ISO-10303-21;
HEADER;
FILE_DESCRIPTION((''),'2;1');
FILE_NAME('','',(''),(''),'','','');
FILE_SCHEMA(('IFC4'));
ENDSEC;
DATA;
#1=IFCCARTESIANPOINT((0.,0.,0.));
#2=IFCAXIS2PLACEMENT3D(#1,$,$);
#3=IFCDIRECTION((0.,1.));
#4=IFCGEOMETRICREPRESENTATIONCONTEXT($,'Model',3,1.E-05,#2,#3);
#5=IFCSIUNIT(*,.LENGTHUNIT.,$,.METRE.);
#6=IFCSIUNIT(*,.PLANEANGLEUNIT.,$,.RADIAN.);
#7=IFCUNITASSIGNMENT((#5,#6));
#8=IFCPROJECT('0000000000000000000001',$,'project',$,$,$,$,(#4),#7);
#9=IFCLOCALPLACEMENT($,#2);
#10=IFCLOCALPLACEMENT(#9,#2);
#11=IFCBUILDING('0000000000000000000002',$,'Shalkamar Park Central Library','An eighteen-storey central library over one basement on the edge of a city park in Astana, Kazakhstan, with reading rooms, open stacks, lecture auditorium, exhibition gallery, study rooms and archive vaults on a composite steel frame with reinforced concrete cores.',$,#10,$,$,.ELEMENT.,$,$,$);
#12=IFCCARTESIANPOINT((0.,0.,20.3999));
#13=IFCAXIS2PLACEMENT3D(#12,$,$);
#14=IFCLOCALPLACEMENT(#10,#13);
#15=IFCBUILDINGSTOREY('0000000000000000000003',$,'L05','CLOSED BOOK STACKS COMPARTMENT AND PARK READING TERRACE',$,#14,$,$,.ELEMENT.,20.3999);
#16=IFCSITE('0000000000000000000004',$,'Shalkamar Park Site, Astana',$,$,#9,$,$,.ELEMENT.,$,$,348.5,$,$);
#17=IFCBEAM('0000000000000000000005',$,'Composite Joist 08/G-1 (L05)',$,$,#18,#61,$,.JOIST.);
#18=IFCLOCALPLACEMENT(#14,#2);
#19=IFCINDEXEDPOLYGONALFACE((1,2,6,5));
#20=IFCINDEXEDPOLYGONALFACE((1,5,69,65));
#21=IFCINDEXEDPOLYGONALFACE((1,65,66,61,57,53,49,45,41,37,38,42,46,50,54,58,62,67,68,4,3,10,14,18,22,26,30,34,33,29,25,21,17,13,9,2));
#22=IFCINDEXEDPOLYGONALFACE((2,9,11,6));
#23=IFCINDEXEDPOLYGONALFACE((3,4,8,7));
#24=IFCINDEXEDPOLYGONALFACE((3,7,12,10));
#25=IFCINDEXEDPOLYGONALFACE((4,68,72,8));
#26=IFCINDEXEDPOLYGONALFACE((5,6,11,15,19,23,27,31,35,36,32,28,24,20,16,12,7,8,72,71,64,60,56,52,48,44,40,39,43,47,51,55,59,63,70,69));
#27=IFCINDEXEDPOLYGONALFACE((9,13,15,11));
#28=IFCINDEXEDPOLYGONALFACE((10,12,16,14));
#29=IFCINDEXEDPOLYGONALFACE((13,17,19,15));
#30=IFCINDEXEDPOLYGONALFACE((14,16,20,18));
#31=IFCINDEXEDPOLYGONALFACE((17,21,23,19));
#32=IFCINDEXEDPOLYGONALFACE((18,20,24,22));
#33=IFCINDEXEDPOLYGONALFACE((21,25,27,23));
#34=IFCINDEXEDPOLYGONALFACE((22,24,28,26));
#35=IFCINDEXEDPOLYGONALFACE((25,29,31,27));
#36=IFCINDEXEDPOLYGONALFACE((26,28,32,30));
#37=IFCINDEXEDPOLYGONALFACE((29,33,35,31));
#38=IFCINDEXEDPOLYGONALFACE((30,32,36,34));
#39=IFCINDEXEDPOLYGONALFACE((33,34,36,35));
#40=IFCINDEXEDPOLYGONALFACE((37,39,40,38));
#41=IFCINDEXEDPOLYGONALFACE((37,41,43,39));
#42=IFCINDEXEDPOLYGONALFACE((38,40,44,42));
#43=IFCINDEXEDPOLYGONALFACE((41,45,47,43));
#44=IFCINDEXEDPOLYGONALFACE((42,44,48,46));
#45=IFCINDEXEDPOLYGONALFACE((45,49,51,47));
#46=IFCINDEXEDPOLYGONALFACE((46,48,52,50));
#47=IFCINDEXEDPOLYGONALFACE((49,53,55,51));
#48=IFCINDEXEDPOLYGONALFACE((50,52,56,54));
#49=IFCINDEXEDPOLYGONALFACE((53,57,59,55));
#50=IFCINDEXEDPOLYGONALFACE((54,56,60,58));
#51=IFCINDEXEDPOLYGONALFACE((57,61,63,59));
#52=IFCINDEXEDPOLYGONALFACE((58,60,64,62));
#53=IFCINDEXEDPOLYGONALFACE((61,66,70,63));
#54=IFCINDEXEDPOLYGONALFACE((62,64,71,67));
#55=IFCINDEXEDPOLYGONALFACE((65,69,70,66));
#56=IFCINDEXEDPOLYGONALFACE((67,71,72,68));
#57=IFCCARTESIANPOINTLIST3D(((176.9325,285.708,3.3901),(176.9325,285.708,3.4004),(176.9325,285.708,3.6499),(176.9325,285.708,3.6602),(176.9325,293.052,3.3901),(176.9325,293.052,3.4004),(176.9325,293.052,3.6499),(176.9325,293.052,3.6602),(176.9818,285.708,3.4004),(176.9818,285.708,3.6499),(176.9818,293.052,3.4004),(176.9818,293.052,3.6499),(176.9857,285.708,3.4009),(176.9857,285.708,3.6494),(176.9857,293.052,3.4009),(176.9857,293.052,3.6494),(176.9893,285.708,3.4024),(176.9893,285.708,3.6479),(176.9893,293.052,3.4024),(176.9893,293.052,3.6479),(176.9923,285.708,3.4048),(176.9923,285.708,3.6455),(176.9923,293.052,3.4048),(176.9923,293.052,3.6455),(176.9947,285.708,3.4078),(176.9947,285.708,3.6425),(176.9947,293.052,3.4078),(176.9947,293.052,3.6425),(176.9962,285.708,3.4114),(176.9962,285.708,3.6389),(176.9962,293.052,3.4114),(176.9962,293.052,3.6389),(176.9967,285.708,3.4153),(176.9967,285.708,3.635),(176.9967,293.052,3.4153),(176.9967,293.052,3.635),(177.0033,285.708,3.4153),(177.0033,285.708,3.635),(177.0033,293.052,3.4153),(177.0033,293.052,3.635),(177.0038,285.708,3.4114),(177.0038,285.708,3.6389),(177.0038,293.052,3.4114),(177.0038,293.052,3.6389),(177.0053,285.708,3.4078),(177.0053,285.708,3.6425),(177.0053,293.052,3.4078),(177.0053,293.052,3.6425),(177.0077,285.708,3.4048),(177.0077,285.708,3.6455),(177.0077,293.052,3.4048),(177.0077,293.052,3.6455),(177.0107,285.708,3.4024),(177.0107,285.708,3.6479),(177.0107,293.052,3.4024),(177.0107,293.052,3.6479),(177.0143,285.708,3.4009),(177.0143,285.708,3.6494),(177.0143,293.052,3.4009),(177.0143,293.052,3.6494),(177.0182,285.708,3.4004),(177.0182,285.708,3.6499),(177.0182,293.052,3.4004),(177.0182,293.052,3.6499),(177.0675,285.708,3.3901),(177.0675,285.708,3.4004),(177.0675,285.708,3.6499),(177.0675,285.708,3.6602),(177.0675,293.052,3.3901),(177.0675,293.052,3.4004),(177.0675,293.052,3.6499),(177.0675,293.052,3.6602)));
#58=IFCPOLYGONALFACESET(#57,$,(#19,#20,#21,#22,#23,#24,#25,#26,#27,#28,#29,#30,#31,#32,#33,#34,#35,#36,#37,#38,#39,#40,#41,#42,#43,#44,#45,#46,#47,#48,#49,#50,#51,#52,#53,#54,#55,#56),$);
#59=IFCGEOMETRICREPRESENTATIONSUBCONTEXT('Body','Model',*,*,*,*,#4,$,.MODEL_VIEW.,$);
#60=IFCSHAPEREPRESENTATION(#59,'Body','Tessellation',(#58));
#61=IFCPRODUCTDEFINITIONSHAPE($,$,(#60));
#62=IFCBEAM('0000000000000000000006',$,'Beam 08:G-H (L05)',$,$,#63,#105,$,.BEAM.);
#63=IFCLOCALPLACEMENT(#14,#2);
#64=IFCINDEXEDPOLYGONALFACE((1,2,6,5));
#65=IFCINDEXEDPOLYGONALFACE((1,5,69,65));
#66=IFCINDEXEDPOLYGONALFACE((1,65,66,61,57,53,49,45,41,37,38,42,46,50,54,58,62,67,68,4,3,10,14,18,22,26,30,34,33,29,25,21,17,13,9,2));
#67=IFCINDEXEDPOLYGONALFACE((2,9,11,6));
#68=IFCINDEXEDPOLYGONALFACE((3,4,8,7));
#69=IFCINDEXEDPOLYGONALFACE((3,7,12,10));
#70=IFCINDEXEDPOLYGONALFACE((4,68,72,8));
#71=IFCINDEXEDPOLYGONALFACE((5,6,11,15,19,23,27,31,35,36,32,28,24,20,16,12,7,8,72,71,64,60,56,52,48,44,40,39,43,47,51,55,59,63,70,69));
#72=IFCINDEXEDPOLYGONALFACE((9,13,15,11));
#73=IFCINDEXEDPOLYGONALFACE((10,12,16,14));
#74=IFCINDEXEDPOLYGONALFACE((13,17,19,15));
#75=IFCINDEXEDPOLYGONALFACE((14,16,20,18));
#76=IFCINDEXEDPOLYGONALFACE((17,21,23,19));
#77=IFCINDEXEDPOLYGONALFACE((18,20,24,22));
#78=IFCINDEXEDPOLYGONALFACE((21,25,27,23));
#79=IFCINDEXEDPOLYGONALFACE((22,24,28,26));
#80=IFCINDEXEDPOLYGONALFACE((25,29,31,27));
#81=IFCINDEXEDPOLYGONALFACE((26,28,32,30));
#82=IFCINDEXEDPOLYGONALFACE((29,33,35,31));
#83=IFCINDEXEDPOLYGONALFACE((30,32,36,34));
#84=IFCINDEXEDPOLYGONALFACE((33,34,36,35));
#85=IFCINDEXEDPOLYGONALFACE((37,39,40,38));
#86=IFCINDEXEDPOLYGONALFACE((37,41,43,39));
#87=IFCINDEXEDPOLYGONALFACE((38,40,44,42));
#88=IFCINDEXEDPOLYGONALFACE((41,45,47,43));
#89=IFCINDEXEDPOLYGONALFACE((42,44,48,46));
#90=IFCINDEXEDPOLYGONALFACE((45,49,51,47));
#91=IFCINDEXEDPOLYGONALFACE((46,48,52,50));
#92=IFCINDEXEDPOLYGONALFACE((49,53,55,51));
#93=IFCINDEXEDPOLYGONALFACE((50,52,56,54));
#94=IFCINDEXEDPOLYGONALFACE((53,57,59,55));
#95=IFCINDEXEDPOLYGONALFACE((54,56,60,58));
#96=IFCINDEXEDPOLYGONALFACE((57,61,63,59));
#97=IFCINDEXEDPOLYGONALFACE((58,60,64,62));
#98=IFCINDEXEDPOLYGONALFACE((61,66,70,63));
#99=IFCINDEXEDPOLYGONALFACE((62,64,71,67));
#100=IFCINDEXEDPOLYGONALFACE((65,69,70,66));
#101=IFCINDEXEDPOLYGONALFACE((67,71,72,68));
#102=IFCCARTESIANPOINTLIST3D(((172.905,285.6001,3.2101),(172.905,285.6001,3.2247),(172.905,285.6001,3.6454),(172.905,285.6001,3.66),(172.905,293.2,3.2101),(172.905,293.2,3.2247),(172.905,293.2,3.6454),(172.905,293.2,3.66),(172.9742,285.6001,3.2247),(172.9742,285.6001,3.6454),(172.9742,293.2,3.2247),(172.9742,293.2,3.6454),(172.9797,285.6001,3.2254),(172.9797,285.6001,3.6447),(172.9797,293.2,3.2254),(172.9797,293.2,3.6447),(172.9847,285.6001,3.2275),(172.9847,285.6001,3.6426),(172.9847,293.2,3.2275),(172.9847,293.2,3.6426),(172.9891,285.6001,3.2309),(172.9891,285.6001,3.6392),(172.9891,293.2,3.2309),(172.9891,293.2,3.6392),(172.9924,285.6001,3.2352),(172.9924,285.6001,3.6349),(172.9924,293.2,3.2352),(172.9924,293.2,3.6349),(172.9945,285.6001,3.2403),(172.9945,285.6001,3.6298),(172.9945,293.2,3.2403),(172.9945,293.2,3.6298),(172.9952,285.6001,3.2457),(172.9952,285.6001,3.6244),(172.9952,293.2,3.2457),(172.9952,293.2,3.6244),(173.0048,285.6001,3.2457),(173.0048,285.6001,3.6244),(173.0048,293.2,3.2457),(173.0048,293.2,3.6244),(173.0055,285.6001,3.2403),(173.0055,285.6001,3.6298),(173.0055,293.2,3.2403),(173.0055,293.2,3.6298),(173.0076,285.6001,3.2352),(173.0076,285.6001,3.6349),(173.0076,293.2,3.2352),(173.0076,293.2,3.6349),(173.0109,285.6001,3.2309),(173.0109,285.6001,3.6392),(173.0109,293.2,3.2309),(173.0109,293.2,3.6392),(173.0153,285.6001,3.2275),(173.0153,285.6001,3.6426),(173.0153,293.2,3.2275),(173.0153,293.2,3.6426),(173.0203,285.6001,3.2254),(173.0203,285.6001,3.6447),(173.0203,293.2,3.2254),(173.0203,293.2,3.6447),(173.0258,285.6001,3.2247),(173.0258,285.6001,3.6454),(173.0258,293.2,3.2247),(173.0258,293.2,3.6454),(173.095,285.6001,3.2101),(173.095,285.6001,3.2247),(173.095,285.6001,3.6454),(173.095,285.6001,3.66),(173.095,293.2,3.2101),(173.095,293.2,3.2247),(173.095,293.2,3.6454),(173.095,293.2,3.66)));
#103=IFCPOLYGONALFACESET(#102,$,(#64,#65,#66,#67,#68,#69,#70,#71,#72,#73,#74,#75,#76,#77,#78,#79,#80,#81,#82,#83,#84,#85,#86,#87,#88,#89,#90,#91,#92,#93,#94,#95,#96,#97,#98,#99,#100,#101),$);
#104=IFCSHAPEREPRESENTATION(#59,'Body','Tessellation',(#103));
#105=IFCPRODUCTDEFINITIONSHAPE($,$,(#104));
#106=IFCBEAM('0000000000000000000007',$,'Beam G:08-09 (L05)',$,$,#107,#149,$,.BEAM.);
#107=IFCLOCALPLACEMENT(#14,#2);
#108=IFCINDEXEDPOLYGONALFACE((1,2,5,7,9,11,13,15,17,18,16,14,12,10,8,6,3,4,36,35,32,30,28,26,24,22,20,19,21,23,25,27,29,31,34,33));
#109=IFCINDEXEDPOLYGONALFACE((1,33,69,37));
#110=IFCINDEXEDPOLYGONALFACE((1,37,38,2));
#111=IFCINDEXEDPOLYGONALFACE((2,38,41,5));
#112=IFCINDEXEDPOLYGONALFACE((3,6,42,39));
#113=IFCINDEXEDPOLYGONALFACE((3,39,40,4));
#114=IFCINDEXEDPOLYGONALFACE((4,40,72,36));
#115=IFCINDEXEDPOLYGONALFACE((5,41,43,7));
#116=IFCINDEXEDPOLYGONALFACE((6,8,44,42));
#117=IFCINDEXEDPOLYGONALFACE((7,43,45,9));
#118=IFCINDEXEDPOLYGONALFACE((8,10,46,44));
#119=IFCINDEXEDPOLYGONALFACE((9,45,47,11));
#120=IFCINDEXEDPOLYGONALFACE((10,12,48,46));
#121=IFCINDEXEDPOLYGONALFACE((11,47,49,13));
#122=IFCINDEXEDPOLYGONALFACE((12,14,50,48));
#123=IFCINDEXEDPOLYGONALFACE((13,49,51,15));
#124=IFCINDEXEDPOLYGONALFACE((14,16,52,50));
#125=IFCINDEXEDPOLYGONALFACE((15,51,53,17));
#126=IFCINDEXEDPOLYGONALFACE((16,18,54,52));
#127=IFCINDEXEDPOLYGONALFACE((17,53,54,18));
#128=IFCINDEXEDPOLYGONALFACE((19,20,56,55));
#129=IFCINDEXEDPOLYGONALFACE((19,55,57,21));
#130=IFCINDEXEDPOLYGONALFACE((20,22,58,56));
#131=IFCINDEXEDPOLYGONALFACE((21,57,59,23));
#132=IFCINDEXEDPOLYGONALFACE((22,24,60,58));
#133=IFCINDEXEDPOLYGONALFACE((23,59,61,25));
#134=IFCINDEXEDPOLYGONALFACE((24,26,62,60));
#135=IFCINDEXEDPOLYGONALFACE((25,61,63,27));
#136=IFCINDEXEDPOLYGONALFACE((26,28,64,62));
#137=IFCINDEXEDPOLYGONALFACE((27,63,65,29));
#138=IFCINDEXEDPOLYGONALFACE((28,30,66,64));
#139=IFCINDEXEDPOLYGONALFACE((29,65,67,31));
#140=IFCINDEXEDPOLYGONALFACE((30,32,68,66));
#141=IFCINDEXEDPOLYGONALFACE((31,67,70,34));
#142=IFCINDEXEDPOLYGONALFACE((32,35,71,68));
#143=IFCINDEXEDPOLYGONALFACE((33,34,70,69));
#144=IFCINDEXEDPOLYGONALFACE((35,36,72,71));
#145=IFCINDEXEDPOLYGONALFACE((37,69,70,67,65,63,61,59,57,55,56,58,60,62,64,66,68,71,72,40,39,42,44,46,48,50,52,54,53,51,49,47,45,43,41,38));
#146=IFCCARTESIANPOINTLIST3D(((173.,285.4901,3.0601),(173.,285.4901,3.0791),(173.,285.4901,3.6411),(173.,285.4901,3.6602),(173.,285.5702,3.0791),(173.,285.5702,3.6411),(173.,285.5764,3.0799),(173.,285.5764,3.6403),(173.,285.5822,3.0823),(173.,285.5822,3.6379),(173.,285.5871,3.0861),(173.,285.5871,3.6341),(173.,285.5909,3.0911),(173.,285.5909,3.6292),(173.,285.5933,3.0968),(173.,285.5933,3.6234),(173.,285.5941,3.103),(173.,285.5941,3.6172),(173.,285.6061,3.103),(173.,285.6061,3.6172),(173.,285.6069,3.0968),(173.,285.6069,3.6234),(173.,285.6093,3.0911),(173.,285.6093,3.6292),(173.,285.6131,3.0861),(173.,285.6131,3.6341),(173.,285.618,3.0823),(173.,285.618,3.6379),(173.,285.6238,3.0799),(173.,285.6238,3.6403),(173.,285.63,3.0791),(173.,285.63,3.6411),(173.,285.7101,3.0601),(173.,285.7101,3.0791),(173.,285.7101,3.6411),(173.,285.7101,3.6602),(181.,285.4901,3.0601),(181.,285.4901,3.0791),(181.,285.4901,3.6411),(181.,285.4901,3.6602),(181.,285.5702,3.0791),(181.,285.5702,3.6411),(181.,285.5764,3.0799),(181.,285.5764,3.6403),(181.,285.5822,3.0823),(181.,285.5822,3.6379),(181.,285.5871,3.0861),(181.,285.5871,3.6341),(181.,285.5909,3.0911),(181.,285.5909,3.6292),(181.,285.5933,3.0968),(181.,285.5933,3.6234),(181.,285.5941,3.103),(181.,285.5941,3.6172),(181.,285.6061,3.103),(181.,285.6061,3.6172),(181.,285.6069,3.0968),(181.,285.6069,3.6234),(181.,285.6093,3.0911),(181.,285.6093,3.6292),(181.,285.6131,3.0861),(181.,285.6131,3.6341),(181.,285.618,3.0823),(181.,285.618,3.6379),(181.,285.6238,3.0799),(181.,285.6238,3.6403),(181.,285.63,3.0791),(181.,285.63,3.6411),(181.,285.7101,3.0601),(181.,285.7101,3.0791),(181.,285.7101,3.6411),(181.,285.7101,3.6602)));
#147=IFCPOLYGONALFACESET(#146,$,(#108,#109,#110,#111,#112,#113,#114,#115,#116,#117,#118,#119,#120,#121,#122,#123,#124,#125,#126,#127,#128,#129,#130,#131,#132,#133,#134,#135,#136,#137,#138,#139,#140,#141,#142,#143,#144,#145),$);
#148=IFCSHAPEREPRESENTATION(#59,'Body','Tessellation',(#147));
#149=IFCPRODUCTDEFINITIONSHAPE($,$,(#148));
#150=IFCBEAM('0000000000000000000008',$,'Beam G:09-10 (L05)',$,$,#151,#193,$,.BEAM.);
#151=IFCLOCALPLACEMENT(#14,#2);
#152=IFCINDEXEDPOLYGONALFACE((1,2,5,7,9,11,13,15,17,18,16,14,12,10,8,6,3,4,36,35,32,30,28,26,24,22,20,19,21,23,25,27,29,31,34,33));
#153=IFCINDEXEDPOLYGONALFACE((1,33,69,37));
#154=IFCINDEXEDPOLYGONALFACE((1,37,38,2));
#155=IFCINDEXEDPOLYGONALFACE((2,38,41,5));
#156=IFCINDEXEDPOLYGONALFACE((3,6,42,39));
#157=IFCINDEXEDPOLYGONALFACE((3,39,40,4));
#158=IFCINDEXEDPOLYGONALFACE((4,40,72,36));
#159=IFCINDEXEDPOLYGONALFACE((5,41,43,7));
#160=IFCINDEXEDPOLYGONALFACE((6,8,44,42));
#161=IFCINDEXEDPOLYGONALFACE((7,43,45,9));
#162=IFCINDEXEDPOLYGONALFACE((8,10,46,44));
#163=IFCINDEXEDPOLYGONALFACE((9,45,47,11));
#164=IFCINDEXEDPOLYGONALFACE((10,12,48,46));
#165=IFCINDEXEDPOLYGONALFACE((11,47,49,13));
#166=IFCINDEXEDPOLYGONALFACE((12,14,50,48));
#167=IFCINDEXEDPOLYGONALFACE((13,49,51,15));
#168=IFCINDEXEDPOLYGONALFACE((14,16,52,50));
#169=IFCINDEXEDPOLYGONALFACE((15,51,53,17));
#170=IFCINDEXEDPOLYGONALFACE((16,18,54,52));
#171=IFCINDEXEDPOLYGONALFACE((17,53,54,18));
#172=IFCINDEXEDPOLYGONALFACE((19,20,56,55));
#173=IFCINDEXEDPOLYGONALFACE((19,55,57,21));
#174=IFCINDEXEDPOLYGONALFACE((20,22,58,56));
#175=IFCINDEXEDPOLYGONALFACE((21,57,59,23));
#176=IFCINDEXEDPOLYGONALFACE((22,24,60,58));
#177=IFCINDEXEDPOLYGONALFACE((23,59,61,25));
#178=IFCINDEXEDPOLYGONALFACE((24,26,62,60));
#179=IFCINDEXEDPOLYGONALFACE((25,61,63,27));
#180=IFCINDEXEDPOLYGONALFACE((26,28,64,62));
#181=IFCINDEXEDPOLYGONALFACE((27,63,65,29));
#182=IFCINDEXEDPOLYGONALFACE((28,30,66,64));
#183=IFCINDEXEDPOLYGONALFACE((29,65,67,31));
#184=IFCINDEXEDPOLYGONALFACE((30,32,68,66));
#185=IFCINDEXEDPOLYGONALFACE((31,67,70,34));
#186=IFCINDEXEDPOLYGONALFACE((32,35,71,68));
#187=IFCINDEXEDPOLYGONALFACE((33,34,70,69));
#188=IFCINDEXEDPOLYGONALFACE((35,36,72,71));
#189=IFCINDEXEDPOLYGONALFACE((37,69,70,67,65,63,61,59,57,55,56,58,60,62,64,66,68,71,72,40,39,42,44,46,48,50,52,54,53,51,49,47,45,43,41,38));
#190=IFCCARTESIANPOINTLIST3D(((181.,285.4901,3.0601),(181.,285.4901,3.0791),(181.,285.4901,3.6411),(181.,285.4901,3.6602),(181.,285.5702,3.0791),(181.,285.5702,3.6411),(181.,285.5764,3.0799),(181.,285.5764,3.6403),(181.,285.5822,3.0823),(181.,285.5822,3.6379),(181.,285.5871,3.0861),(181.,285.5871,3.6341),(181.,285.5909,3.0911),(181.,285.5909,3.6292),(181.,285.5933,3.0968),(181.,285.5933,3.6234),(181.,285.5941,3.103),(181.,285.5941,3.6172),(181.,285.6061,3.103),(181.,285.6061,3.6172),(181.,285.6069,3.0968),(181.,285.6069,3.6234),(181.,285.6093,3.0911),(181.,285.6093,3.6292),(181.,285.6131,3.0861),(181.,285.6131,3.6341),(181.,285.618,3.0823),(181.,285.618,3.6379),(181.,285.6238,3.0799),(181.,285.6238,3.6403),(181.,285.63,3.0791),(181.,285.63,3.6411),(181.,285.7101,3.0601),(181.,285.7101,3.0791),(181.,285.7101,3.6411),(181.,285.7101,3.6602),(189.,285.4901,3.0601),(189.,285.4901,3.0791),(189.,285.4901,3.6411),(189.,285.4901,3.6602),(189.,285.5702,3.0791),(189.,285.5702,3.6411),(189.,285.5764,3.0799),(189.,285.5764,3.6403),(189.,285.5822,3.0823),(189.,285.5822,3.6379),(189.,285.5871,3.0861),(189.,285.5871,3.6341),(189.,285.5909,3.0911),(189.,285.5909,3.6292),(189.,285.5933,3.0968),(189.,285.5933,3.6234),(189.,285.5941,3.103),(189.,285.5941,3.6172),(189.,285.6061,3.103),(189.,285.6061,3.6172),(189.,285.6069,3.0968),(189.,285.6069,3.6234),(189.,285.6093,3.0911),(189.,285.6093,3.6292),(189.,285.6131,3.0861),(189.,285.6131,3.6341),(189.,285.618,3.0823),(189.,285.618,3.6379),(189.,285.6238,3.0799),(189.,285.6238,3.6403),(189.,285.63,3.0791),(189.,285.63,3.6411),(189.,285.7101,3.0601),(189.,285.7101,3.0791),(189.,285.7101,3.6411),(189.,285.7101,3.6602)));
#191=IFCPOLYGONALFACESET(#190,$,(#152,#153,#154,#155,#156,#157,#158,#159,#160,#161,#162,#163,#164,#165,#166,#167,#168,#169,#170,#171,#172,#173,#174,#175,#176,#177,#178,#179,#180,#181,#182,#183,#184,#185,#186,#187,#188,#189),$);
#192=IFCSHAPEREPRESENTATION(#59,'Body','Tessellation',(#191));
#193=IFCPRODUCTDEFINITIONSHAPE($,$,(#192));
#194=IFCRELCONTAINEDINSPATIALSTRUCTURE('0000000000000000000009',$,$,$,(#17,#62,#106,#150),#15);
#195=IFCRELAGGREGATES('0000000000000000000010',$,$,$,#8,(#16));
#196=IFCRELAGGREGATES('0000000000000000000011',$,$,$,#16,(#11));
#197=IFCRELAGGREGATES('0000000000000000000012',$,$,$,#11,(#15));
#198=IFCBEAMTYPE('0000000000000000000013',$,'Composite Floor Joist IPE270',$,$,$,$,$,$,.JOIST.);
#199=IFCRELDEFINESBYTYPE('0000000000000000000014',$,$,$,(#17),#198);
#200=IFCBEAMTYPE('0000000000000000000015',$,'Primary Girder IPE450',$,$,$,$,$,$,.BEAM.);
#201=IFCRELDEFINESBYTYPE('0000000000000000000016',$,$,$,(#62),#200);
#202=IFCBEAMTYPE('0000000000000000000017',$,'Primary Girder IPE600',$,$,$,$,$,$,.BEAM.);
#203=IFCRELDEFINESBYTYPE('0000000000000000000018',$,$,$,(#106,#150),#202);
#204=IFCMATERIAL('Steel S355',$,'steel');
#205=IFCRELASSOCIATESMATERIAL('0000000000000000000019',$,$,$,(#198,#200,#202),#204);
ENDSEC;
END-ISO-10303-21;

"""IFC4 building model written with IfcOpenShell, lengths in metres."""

from ifc_helpers import new_model, si_unit, direction, frame, origin, origin_2d, place, context, subcontext, project, spatial, i_section, extrude, material, material_profile, profile_set, type_object, element, save


model = new_model("IFC4")

# Units and contexts
model_context = context("Model", 3, precision=1e-05, world=origin(), true_north=direction((0.0, 1.0)))
body_context = subcontext(model_context, "Body", "Model", "MODEL_VIEW")
ifc_project = project(units=[si_unit("LENGTHUNIT", "METRE"), si_unit("PLANEANGLEUNIT", "RADIAN")], contexts=[model_context])

# Site, building, storey
site_placement = place(None, origin())
site = spatial("IfcSite", under=ifc_project, at=site_placement, Name="Shalkamar Park Site, Astana", CompositionType="ELEMENT", RefElevation=348.5)
building_placement = place(site_placement, origin())
building = spatial("IfcBuilding", under=site, at=building_placement, Name="Shalkamar Park Central Library", Description="An eighteen-storey central library over one basement on the edge of a city park in Astana, Kazakhstan, with reading rooms, open stacks, lecture auditorium, exhibition gallery, study rooms and archive vaults on a composite steel frame with reinforced concrete cores.", CompositionType="ELEMENT")
storey_placement = place(building_placement, frame((0.0, 0.0, 20.3999)))
storey = spatial("IfcBuildingStorey", under=building, at=storey_placement, Name="L05", Description="CLOSED BOOK STACKS COMPARTMENT AND PARK READING TERRACE", CompositionType="ELEMENT", Elevation=20.3999)

# Shared definitions
ifc_material_1 = material(Name="Steel S355", Category="steel")

# Beams
ifc_material_profile_1 = material_profile(ifc_material_1, i_section(OverallWidth=0.135, OverallDepth=0.27, WebThickness=0.0066, FlangeThickness=0.0103, FilletRadius=0.0149, at=origin_2d()), Name="IPE 270")
ifc_profile_set_1 = profile_set([ifc_material_profile_1], Name="Steel S355")
beam_type_1 = type_object("IfcBeamType", Name="Composite Floor Joist IPE270", PredefinedType="JOIST", material=ifc_profile_set_1)
beam_1_placement = place(storey_placement, frame((177.0, 285.708, 3.5251), z_axis=(0.0, 1.0, 0.0), x_axis=(-1.0, 0.0, 0.0)))
element("IfcBeam", 1, at=beam_1_placement, inside=storey, type_object=beam_type_1, Name="Composite Joist 08/G-1 (L05)", PredefinedType="JOIST", context=body_context, shape_type="SweptSolid", body=[
    extrude(i_section(OverallWidth=0.135, OverallDepth=0.27, WebThickness=0.0066, FlangeThickness=0.0103, FilletRadius=0.0149, at=origin_2d()), origin(), (0.0, 0.0, 1.0), 7.344),
])
ifc_material_profile_2 = material_profile(ifc_material_1, i_section(OverallWidth=0.1899, OverallDepth=0.45, WebThickness=0.0095, FlangeThickness=0.0146, FilletRadius=0.021, at=origin_2d()), Name="IPE 450")
ifc_profile_set_2 = profile_set([ifc_material_profile_2], Name="Steel S355")
beam_type_2 = type_object("IfcBeamType", Name="Primary Girder IPE450", PredefinedType="BEAM", material=ifc_profile_set_2)
beam_2_placement = place(storey_placement, frame((173.0, 285.6001, 3.4351), z_axis=(0.0, 1.0, 0.0), x_axis=(-1.0, 0.0, 0.0)))
element("IfcBeam", 2, at=beam_2_placement, inside=storey, type_object=beam_type_2, Name="Beam 08:G-H (L05)", PredefinedType="BEAM", context=body_context, shape_type="SweptSolid", body=[
    extrude(i_section(OverallWidth=0.1899, OverallDepth=0.45, WebThickness=0.0095, FlangeThickness=0.0146, FilletRadius=0.021, at=origin_2d()), origin(), (0.0, 0.0, 1.0), 7.5999),
])
ifc_material_profile_3 = material_profile(ifc_material_1, i_section(OverallWidth=0.22, OverallDepth=0.6001, WebThickness=0.012, FlangeThickness=0.019, FilletRadius=0.0239, at=origin_2d()), Name="IPE 600")
ifc_profile_set_3 = profile_set([ifc_material_profile_3], Name="Steel S355")
beam_type_3 = type_object("IfcBeamType", Name="Primary Girder IPE600", PredefinedType="BEAM", material=ifc_profile_set_3)
for number, where, z_axis, x_axis, name in (
    (3, (173.0, 285.6001, 3.3601), (1.0, 0.0, 0.0), (0.0, 1.0, 0.0), "Beam G:08-09 (L05)"),
    (4, (181.0, 285.6001, 3.3601), (1.0, 0.0, 0.0), (0.0, 1.0, 0.0), "Beam G:09-10 (L05)"),
):
    element("IfcBeam", number, at=place(storey_placement, frame(where, z_axis=z_axis, x_axis=x_axis)), inside=storey, type_object=beam_type_3, Name=name, PredefinedType="BEAM", context=body_context, shape_type="SweptSolid", body=[
        extrude(i_section(OverallWidth=0.22, OverallDepth=0.6001, WebThickness=0.012, FlangeThickness=0.019, FilletRadius=0.0239, at=origin_2d()), origin(), (0.0, 0.0, 1.0), 8.0),
    ])

save(model, "model.ifc")
